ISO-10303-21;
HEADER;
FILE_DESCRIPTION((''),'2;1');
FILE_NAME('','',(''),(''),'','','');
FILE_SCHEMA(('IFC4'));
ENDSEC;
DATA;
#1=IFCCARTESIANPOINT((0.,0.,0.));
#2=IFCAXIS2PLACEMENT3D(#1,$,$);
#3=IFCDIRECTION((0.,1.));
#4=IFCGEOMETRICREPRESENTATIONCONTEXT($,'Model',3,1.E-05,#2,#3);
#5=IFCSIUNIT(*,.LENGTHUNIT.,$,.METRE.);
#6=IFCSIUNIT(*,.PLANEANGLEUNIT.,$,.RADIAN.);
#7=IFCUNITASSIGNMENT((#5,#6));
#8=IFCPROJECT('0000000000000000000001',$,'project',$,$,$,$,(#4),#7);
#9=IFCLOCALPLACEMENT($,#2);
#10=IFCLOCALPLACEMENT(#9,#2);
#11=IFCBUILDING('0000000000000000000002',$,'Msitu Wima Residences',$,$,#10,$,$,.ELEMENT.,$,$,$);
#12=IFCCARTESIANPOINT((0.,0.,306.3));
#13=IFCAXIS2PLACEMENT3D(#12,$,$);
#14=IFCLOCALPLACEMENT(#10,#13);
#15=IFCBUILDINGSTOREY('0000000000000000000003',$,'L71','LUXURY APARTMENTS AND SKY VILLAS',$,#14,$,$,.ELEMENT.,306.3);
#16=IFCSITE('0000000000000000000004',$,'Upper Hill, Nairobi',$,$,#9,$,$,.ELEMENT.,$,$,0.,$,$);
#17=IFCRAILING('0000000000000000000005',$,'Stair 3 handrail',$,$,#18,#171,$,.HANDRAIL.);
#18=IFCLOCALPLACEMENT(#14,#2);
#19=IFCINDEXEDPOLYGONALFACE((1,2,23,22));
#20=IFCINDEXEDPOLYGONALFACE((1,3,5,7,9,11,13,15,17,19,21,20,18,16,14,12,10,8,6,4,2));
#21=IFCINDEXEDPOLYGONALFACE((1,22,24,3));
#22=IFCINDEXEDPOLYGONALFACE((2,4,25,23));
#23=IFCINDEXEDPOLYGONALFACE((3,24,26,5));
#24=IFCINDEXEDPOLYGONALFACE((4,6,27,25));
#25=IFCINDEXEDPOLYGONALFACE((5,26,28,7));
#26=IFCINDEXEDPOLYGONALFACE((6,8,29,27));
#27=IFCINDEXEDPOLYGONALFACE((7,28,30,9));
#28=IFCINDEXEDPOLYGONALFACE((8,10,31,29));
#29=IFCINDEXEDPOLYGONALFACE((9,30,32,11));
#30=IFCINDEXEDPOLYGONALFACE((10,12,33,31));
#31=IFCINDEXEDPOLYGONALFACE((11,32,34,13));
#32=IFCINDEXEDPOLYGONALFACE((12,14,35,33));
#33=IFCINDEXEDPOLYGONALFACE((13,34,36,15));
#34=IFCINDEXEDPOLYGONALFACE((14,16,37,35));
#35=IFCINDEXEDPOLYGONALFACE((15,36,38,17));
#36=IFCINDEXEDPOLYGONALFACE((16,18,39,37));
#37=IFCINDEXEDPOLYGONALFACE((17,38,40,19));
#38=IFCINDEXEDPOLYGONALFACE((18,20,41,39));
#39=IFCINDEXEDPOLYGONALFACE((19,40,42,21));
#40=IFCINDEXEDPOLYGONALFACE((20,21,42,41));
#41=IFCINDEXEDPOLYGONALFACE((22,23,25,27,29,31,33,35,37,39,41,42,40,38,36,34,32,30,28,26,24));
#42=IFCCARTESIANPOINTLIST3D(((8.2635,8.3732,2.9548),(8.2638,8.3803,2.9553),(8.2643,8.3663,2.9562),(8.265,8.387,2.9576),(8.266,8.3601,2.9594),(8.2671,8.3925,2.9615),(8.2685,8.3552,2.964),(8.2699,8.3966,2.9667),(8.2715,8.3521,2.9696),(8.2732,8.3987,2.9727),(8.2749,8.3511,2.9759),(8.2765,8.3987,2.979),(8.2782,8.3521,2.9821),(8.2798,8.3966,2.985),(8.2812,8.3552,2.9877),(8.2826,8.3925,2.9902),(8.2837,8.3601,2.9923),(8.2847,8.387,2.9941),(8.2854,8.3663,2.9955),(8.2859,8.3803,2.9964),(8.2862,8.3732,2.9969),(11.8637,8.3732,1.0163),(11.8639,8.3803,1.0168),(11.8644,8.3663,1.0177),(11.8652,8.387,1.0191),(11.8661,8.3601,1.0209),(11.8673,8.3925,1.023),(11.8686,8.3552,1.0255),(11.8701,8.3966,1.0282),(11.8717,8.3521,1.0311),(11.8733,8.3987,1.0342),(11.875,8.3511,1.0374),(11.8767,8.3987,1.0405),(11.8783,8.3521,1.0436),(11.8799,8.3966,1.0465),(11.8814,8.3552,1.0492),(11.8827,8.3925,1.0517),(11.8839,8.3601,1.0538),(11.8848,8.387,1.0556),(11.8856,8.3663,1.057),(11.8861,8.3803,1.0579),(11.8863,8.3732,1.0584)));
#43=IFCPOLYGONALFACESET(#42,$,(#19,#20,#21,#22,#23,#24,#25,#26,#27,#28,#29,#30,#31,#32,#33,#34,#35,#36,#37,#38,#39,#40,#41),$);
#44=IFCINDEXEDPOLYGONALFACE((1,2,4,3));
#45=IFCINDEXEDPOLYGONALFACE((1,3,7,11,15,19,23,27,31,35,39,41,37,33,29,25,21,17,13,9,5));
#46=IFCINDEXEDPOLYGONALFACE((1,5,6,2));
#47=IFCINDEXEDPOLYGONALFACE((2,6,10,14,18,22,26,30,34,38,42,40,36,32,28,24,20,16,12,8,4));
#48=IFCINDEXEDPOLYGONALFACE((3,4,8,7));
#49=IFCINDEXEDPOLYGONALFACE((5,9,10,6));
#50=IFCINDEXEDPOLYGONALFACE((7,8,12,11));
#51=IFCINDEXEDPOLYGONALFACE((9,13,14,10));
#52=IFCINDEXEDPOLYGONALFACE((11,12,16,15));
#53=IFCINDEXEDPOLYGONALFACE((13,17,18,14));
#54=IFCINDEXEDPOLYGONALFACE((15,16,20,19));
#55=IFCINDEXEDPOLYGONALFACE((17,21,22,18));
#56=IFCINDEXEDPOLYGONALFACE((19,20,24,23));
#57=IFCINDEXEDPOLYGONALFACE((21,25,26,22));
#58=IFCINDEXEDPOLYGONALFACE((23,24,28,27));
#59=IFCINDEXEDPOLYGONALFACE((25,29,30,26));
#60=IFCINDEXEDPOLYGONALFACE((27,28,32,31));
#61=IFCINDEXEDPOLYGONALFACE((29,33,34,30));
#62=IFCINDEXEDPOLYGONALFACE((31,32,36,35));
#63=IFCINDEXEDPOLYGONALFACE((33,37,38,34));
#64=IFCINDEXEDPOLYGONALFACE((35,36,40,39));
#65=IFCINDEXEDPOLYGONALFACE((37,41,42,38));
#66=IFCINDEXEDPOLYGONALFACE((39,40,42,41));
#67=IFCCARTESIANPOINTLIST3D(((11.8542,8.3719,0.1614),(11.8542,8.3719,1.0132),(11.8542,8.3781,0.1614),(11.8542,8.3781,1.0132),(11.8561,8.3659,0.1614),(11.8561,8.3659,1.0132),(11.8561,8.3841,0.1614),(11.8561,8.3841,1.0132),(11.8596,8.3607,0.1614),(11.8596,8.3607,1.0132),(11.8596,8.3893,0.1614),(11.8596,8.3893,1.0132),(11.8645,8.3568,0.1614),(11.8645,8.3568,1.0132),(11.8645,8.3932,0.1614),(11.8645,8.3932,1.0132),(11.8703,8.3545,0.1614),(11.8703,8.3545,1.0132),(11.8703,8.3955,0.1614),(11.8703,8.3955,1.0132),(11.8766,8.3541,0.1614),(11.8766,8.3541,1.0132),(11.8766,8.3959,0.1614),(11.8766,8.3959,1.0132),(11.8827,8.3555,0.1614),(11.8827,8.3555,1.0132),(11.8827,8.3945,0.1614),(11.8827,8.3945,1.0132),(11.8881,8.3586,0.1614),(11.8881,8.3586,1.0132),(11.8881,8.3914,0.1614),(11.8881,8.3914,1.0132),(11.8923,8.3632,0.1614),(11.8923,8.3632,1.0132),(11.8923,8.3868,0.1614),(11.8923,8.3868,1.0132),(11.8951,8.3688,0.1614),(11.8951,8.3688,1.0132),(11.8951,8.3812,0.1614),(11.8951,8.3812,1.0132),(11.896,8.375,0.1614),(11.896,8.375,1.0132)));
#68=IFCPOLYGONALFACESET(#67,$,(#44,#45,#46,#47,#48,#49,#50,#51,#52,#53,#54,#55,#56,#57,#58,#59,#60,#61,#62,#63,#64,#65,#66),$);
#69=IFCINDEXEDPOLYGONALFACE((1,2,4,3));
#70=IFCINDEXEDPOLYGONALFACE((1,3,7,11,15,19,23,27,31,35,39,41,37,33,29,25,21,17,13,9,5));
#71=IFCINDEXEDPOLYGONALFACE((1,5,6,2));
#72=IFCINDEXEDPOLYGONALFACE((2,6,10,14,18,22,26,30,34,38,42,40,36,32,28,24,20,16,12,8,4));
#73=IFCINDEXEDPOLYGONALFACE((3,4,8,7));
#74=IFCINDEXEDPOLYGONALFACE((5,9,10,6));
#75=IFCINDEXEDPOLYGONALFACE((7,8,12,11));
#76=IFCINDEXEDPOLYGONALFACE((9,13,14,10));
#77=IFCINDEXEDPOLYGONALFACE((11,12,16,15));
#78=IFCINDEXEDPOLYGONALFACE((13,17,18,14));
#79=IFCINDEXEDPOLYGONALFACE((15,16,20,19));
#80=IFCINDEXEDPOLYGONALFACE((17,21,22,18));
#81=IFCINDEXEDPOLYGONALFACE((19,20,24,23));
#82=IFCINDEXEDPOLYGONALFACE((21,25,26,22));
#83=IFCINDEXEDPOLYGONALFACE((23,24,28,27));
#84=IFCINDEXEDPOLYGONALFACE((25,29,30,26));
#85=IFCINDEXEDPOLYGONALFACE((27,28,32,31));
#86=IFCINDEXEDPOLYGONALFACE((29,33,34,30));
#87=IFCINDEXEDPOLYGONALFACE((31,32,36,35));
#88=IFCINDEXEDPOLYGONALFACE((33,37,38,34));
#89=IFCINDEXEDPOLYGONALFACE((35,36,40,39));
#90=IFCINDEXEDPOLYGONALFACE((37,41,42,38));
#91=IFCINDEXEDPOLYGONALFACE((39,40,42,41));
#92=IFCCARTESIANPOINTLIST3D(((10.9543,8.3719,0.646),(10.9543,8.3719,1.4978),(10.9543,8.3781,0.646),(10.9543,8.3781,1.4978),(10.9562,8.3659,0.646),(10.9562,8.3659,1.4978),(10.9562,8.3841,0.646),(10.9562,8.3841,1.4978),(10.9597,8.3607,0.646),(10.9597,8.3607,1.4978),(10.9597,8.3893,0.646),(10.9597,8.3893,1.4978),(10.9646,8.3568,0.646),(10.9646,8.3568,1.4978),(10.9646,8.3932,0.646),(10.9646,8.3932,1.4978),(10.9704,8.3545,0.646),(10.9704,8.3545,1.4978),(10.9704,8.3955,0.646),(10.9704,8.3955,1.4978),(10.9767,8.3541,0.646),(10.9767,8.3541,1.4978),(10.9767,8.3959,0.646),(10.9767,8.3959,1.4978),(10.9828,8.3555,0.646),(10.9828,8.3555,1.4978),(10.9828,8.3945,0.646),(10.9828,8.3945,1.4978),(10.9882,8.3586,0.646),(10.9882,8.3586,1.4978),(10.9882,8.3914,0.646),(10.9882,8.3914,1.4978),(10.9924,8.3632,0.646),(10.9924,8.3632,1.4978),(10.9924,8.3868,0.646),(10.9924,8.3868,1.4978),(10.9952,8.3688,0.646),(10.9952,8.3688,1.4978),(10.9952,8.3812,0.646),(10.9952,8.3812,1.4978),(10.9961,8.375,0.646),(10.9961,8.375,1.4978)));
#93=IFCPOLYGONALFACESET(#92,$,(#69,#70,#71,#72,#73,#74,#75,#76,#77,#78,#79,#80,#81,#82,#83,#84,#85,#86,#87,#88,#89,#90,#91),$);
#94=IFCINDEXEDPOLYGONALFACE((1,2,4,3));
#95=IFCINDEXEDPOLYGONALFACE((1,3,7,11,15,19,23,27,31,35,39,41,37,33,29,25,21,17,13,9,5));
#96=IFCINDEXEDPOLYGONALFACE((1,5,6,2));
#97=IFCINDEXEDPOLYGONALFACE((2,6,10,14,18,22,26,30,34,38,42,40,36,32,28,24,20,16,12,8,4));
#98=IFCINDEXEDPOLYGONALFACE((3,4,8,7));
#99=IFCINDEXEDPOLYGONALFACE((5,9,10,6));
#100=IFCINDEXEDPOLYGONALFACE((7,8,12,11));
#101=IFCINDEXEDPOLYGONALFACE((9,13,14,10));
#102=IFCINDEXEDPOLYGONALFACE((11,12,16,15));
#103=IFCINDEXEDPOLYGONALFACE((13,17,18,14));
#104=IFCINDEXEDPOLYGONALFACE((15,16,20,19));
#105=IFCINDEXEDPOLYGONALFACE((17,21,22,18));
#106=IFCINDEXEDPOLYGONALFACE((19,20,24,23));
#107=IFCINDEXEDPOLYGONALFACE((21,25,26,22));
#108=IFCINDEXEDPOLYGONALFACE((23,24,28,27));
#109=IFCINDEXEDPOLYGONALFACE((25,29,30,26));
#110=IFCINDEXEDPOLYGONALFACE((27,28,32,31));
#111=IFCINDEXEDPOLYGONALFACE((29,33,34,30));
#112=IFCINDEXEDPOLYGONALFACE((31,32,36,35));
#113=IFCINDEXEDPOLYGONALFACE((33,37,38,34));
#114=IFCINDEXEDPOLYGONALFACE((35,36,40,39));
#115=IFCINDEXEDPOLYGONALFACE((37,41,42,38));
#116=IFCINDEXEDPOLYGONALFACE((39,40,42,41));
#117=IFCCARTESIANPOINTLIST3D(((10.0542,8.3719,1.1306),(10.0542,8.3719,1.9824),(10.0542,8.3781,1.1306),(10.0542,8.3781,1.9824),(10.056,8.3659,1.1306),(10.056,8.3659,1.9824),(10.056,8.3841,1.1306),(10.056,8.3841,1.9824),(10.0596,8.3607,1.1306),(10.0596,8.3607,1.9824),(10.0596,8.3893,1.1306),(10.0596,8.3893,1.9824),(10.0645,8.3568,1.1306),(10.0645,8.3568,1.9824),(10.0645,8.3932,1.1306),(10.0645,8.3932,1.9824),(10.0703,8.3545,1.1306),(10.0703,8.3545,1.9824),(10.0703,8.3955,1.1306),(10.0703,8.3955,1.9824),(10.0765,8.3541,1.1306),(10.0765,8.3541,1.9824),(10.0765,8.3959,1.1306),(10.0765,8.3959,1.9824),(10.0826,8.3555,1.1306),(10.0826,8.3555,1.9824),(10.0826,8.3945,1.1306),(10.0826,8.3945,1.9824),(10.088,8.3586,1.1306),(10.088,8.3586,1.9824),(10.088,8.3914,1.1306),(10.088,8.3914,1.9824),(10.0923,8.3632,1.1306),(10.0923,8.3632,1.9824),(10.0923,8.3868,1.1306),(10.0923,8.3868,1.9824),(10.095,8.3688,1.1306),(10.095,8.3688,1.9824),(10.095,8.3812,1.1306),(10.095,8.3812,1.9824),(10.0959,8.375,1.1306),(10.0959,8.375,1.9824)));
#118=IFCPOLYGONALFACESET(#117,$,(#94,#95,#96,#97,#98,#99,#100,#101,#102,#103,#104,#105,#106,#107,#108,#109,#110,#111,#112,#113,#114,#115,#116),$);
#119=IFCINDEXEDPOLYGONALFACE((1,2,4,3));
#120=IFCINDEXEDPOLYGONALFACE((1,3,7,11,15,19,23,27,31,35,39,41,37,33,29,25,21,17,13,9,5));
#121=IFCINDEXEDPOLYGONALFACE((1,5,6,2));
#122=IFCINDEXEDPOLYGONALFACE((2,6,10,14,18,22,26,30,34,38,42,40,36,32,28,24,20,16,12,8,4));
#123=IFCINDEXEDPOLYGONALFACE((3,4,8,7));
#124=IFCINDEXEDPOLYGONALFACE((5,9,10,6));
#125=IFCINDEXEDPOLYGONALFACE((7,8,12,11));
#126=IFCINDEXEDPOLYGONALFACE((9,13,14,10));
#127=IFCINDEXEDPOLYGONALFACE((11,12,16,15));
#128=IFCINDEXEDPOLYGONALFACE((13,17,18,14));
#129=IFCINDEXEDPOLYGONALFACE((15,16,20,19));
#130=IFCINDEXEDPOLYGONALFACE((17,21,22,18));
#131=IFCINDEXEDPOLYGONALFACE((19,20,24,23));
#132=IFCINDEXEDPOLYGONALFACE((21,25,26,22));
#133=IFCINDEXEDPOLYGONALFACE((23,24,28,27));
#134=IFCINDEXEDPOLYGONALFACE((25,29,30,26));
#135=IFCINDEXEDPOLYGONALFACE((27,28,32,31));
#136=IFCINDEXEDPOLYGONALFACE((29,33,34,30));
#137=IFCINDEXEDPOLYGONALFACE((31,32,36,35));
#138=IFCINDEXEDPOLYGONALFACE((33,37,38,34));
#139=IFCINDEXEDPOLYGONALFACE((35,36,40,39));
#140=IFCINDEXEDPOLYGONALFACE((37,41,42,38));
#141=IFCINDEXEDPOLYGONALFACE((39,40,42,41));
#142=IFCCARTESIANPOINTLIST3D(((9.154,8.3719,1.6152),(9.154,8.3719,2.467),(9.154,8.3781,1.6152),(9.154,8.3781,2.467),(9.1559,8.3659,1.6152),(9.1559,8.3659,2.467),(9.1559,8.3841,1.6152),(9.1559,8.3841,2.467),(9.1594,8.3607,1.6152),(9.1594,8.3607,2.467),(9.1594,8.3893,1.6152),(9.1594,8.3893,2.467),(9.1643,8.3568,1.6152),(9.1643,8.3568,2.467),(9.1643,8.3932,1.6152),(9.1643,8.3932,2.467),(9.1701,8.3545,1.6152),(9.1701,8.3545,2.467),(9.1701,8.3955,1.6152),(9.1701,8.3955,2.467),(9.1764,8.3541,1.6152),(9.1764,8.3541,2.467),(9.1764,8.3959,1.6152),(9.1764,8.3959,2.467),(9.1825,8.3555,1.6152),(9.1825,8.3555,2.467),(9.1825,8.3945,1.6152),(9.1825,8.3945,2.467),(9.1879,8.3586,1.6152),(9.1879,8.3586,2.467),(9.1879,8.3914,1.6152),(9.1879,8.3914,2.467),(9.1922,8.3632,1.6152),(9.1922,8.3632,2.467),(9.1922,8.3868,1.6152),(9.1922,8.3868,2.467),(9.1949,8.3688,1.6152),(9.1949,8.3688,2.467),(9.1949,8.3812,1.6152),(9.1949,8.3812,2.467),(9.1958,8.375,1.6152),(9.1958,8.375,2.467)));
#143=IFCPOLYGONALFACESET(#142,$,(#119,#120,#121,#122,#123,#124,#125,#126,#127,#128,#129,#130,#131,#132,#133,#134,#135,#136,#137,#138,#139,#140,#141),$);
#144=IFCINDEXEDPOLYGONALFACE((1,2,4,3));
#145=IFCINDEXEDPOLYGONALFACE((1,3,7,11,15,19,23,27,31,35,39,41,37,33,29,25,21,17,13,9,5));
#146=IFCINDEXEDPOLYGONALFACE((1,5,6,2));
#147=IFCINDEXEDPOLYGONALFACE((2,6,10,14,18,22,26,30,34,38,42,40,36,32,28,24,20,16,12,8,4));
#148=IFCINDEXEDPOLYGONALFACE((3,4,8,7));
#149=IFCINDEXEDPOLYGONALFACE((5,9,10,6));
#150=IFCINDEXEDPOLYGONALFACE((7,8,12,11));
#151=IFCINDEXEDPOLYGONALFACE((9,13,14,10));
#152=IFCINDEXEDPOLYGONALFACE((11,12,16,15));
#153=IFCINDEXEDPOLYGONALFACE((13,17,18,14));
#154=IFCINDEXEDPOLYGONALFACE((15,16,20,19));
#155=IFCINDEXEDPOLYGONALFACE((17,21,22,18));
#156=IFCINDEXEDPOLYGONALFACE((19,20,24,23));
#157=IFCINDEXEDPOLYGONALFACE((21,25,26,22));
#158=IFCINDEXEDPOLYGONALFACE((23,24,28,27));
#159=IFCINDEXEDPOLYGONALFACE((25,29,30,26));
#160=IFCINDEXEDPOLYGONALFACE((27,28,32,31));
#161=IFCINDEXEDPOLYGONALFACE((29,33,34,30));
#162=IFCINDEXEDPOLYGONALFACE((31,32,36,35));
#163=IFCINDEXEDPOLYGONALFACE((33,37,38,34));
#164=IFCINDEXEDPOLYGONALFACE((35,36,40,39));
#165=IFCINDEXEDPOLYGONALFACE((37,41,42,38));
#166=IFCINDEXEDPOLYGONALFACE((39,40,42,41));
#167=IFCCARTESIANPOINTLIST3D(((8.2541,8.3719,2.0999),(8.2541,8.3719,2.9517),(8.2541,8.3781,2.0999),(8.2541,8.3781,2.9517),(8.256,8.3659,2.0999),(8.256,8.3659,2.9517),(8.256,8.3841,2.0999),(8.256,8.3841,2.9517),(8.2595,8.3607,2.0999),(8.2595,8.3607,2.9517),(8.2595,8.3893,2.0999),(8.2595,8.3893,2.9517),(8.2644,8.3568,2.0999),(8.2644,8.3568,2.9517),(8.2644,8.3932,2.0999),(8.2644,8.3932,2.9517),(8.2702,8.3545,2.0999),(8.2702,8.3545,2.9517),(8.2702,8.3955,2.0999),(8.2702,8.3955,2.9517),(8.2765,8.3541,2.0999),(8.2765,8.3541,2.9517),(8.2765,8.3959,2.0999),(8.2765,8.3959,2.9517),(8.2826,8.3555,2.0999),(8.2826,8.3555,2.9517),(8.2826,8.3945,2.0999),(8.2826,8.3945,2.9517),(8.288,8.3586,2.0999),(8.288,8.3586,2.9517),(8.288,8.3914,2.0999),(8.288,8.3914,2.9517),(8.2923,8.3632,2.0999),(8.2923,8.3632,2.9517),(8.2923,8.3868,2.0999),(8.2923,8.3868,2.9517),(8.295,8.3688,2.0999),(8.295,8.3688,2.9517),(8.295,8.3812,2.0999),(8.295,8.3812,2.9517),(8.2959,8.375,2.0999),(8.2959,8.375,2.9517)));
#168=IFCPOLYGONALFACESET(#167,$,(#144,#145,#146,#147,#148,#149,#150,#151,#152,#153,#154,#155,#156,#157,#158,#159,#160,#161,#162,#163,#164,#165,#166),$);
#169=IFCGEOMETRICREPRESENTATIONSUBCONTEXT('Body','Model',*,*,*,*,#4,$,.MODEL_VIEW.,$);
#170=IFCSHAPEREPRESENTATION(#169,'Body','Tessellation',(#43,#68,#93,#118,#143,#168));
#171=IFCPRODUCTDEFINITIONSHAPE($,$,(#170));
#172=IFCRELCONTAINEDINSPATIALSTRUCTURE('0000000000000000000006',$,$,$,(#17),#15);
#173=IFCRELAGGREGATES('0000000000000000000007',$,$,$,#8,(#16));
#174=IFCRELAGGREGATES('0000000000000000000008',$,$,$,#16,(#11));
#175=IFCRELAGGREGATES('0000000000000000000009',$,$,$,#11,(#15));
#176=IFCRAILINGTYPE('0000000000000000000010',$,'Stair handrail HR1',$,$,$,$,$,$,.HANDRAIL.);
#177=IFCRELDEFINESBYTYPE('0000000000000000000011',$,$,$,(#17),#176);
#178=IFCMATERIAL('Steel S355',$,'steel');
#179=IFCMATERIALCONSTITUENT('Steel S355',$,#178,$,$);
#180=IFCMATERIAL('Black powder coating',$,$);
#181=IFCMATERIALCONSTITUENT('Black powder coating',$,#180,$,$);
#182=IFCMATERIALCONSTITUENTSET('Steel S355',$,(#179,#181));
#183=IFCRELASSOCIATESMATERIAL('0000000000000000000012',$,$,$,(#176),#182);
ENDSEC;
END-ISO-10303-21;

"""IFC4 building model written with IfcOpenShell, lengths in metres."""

from ifc_helpers import new_model, si_unit, direction, frame, origin, origin_2d, place, context, subcontext, project, spatial, circle, extrude, material, constituent, constituent_set, type_object, element, save


model = new_model("IFC4")

# Units and contexts
model_context = context("Model", 3, precision=1e-05, world=origin(), true_north=direction((0.0, 1.0)))
body_context = subcontext(model_context, "Body", "Model", "MODEL_VIEW")
ifc_project = project(units=[si_unit("LENGTHUNIT", "METRE"), si_unit("PLANEANGLEUNIT", "RADIAN")], contexts=[model_context])

# Site, building, storey
site_placement = place(None, origin())
site = spatial("IfcSite", under=ifc_project, at=site_placement, Name="Upper Hill, Nairobi", CompositionType="ELEMENT", RefElevation=0.0)
building_placement = place(site_placement, origin())
building = spatial("IfcBuilding", under=site, at=building_placement, Name="Msitu Wima Residences", CompositionType="ELEMENT")
storey_placement = place(building_placement, frame((0.0, 0.0, 306.3)))
storey = spatial("IfcBuildingStorey", under=building, at=storey_placement, Name="L71", Description="LUXURY APARTMENTS AND SKY VILLAS", CompositionType="ELEMENT", Elevation=306.3)

# Railing
ifc_material_1 = material(Name="Steel S355", Category="steel")
ifc_constituent_1 = constituent(ifc_material_1, Name="Steel S355")
ifc_material_2 = material(Name="Black powder coating")
ifc_constituent_2 = constituent(ifc_material_2, Name="Black powder coating")
ifc_constituent_set = constituent_set(constituents=[ifc_constituent_1, ifc_constituent_2], Name="Steel S355")
railing_type = type_object("IfcRailingType", Name="Stair handrail HR1", PredefinedType="HANDRAIL", material=ifc_constituent_set)
for number, where, name in (
    (1, (11.875, 8.375, 0.1614), "Stair 3 handrail"),
):
    element("IfcRailing", number, at=place(storey_placement, frame(where)), inside=storey, type_object=railing_type, Name=name, PredefinedType="HANDRAIL", context=body_context, shape_type="SweptSolid", body=[
        extrude(circle(Radius=0.0239, at=origin_2d()), frame((0.0, 0.0, 0.876), z_axis=(-0.880475, 0.0, 0.474093), x_axis=(0.0, -1.0, 0.0)), (0.0, 0.0, 1.0), 4.0889),
        extrude(circle(Radius=0.021, at=origin_2d()), origin(), (0.0, 0.0, 1.0), 0.8518),
        extrude(circle(Radius=0.021, at=origin_2d()), frame((-0.8999, 0.0, 0.4846)), (0.0, 0.0, 1.0), 0.8518),
        extrude(circle(Radius=0.021, at=origin_2d()), frame((-1.8, 0.0, 0.9692)), (0.0, 0.0, 1.0), 0.8518),
        extrude(circle(Radius=0.021, at=origin_2d()), frame((-2.7002, 0.0, 1.4539)), (0.0, 0.0, 1.0), 0.8518),
        extrude(circle(Radius=0.021, at=origin_2d()), frame((-3.6001, 0.0, 1.9385)), (0.0, 0.0, 1.0), 0.8518),
    ])

save(model, "model.ifc")
